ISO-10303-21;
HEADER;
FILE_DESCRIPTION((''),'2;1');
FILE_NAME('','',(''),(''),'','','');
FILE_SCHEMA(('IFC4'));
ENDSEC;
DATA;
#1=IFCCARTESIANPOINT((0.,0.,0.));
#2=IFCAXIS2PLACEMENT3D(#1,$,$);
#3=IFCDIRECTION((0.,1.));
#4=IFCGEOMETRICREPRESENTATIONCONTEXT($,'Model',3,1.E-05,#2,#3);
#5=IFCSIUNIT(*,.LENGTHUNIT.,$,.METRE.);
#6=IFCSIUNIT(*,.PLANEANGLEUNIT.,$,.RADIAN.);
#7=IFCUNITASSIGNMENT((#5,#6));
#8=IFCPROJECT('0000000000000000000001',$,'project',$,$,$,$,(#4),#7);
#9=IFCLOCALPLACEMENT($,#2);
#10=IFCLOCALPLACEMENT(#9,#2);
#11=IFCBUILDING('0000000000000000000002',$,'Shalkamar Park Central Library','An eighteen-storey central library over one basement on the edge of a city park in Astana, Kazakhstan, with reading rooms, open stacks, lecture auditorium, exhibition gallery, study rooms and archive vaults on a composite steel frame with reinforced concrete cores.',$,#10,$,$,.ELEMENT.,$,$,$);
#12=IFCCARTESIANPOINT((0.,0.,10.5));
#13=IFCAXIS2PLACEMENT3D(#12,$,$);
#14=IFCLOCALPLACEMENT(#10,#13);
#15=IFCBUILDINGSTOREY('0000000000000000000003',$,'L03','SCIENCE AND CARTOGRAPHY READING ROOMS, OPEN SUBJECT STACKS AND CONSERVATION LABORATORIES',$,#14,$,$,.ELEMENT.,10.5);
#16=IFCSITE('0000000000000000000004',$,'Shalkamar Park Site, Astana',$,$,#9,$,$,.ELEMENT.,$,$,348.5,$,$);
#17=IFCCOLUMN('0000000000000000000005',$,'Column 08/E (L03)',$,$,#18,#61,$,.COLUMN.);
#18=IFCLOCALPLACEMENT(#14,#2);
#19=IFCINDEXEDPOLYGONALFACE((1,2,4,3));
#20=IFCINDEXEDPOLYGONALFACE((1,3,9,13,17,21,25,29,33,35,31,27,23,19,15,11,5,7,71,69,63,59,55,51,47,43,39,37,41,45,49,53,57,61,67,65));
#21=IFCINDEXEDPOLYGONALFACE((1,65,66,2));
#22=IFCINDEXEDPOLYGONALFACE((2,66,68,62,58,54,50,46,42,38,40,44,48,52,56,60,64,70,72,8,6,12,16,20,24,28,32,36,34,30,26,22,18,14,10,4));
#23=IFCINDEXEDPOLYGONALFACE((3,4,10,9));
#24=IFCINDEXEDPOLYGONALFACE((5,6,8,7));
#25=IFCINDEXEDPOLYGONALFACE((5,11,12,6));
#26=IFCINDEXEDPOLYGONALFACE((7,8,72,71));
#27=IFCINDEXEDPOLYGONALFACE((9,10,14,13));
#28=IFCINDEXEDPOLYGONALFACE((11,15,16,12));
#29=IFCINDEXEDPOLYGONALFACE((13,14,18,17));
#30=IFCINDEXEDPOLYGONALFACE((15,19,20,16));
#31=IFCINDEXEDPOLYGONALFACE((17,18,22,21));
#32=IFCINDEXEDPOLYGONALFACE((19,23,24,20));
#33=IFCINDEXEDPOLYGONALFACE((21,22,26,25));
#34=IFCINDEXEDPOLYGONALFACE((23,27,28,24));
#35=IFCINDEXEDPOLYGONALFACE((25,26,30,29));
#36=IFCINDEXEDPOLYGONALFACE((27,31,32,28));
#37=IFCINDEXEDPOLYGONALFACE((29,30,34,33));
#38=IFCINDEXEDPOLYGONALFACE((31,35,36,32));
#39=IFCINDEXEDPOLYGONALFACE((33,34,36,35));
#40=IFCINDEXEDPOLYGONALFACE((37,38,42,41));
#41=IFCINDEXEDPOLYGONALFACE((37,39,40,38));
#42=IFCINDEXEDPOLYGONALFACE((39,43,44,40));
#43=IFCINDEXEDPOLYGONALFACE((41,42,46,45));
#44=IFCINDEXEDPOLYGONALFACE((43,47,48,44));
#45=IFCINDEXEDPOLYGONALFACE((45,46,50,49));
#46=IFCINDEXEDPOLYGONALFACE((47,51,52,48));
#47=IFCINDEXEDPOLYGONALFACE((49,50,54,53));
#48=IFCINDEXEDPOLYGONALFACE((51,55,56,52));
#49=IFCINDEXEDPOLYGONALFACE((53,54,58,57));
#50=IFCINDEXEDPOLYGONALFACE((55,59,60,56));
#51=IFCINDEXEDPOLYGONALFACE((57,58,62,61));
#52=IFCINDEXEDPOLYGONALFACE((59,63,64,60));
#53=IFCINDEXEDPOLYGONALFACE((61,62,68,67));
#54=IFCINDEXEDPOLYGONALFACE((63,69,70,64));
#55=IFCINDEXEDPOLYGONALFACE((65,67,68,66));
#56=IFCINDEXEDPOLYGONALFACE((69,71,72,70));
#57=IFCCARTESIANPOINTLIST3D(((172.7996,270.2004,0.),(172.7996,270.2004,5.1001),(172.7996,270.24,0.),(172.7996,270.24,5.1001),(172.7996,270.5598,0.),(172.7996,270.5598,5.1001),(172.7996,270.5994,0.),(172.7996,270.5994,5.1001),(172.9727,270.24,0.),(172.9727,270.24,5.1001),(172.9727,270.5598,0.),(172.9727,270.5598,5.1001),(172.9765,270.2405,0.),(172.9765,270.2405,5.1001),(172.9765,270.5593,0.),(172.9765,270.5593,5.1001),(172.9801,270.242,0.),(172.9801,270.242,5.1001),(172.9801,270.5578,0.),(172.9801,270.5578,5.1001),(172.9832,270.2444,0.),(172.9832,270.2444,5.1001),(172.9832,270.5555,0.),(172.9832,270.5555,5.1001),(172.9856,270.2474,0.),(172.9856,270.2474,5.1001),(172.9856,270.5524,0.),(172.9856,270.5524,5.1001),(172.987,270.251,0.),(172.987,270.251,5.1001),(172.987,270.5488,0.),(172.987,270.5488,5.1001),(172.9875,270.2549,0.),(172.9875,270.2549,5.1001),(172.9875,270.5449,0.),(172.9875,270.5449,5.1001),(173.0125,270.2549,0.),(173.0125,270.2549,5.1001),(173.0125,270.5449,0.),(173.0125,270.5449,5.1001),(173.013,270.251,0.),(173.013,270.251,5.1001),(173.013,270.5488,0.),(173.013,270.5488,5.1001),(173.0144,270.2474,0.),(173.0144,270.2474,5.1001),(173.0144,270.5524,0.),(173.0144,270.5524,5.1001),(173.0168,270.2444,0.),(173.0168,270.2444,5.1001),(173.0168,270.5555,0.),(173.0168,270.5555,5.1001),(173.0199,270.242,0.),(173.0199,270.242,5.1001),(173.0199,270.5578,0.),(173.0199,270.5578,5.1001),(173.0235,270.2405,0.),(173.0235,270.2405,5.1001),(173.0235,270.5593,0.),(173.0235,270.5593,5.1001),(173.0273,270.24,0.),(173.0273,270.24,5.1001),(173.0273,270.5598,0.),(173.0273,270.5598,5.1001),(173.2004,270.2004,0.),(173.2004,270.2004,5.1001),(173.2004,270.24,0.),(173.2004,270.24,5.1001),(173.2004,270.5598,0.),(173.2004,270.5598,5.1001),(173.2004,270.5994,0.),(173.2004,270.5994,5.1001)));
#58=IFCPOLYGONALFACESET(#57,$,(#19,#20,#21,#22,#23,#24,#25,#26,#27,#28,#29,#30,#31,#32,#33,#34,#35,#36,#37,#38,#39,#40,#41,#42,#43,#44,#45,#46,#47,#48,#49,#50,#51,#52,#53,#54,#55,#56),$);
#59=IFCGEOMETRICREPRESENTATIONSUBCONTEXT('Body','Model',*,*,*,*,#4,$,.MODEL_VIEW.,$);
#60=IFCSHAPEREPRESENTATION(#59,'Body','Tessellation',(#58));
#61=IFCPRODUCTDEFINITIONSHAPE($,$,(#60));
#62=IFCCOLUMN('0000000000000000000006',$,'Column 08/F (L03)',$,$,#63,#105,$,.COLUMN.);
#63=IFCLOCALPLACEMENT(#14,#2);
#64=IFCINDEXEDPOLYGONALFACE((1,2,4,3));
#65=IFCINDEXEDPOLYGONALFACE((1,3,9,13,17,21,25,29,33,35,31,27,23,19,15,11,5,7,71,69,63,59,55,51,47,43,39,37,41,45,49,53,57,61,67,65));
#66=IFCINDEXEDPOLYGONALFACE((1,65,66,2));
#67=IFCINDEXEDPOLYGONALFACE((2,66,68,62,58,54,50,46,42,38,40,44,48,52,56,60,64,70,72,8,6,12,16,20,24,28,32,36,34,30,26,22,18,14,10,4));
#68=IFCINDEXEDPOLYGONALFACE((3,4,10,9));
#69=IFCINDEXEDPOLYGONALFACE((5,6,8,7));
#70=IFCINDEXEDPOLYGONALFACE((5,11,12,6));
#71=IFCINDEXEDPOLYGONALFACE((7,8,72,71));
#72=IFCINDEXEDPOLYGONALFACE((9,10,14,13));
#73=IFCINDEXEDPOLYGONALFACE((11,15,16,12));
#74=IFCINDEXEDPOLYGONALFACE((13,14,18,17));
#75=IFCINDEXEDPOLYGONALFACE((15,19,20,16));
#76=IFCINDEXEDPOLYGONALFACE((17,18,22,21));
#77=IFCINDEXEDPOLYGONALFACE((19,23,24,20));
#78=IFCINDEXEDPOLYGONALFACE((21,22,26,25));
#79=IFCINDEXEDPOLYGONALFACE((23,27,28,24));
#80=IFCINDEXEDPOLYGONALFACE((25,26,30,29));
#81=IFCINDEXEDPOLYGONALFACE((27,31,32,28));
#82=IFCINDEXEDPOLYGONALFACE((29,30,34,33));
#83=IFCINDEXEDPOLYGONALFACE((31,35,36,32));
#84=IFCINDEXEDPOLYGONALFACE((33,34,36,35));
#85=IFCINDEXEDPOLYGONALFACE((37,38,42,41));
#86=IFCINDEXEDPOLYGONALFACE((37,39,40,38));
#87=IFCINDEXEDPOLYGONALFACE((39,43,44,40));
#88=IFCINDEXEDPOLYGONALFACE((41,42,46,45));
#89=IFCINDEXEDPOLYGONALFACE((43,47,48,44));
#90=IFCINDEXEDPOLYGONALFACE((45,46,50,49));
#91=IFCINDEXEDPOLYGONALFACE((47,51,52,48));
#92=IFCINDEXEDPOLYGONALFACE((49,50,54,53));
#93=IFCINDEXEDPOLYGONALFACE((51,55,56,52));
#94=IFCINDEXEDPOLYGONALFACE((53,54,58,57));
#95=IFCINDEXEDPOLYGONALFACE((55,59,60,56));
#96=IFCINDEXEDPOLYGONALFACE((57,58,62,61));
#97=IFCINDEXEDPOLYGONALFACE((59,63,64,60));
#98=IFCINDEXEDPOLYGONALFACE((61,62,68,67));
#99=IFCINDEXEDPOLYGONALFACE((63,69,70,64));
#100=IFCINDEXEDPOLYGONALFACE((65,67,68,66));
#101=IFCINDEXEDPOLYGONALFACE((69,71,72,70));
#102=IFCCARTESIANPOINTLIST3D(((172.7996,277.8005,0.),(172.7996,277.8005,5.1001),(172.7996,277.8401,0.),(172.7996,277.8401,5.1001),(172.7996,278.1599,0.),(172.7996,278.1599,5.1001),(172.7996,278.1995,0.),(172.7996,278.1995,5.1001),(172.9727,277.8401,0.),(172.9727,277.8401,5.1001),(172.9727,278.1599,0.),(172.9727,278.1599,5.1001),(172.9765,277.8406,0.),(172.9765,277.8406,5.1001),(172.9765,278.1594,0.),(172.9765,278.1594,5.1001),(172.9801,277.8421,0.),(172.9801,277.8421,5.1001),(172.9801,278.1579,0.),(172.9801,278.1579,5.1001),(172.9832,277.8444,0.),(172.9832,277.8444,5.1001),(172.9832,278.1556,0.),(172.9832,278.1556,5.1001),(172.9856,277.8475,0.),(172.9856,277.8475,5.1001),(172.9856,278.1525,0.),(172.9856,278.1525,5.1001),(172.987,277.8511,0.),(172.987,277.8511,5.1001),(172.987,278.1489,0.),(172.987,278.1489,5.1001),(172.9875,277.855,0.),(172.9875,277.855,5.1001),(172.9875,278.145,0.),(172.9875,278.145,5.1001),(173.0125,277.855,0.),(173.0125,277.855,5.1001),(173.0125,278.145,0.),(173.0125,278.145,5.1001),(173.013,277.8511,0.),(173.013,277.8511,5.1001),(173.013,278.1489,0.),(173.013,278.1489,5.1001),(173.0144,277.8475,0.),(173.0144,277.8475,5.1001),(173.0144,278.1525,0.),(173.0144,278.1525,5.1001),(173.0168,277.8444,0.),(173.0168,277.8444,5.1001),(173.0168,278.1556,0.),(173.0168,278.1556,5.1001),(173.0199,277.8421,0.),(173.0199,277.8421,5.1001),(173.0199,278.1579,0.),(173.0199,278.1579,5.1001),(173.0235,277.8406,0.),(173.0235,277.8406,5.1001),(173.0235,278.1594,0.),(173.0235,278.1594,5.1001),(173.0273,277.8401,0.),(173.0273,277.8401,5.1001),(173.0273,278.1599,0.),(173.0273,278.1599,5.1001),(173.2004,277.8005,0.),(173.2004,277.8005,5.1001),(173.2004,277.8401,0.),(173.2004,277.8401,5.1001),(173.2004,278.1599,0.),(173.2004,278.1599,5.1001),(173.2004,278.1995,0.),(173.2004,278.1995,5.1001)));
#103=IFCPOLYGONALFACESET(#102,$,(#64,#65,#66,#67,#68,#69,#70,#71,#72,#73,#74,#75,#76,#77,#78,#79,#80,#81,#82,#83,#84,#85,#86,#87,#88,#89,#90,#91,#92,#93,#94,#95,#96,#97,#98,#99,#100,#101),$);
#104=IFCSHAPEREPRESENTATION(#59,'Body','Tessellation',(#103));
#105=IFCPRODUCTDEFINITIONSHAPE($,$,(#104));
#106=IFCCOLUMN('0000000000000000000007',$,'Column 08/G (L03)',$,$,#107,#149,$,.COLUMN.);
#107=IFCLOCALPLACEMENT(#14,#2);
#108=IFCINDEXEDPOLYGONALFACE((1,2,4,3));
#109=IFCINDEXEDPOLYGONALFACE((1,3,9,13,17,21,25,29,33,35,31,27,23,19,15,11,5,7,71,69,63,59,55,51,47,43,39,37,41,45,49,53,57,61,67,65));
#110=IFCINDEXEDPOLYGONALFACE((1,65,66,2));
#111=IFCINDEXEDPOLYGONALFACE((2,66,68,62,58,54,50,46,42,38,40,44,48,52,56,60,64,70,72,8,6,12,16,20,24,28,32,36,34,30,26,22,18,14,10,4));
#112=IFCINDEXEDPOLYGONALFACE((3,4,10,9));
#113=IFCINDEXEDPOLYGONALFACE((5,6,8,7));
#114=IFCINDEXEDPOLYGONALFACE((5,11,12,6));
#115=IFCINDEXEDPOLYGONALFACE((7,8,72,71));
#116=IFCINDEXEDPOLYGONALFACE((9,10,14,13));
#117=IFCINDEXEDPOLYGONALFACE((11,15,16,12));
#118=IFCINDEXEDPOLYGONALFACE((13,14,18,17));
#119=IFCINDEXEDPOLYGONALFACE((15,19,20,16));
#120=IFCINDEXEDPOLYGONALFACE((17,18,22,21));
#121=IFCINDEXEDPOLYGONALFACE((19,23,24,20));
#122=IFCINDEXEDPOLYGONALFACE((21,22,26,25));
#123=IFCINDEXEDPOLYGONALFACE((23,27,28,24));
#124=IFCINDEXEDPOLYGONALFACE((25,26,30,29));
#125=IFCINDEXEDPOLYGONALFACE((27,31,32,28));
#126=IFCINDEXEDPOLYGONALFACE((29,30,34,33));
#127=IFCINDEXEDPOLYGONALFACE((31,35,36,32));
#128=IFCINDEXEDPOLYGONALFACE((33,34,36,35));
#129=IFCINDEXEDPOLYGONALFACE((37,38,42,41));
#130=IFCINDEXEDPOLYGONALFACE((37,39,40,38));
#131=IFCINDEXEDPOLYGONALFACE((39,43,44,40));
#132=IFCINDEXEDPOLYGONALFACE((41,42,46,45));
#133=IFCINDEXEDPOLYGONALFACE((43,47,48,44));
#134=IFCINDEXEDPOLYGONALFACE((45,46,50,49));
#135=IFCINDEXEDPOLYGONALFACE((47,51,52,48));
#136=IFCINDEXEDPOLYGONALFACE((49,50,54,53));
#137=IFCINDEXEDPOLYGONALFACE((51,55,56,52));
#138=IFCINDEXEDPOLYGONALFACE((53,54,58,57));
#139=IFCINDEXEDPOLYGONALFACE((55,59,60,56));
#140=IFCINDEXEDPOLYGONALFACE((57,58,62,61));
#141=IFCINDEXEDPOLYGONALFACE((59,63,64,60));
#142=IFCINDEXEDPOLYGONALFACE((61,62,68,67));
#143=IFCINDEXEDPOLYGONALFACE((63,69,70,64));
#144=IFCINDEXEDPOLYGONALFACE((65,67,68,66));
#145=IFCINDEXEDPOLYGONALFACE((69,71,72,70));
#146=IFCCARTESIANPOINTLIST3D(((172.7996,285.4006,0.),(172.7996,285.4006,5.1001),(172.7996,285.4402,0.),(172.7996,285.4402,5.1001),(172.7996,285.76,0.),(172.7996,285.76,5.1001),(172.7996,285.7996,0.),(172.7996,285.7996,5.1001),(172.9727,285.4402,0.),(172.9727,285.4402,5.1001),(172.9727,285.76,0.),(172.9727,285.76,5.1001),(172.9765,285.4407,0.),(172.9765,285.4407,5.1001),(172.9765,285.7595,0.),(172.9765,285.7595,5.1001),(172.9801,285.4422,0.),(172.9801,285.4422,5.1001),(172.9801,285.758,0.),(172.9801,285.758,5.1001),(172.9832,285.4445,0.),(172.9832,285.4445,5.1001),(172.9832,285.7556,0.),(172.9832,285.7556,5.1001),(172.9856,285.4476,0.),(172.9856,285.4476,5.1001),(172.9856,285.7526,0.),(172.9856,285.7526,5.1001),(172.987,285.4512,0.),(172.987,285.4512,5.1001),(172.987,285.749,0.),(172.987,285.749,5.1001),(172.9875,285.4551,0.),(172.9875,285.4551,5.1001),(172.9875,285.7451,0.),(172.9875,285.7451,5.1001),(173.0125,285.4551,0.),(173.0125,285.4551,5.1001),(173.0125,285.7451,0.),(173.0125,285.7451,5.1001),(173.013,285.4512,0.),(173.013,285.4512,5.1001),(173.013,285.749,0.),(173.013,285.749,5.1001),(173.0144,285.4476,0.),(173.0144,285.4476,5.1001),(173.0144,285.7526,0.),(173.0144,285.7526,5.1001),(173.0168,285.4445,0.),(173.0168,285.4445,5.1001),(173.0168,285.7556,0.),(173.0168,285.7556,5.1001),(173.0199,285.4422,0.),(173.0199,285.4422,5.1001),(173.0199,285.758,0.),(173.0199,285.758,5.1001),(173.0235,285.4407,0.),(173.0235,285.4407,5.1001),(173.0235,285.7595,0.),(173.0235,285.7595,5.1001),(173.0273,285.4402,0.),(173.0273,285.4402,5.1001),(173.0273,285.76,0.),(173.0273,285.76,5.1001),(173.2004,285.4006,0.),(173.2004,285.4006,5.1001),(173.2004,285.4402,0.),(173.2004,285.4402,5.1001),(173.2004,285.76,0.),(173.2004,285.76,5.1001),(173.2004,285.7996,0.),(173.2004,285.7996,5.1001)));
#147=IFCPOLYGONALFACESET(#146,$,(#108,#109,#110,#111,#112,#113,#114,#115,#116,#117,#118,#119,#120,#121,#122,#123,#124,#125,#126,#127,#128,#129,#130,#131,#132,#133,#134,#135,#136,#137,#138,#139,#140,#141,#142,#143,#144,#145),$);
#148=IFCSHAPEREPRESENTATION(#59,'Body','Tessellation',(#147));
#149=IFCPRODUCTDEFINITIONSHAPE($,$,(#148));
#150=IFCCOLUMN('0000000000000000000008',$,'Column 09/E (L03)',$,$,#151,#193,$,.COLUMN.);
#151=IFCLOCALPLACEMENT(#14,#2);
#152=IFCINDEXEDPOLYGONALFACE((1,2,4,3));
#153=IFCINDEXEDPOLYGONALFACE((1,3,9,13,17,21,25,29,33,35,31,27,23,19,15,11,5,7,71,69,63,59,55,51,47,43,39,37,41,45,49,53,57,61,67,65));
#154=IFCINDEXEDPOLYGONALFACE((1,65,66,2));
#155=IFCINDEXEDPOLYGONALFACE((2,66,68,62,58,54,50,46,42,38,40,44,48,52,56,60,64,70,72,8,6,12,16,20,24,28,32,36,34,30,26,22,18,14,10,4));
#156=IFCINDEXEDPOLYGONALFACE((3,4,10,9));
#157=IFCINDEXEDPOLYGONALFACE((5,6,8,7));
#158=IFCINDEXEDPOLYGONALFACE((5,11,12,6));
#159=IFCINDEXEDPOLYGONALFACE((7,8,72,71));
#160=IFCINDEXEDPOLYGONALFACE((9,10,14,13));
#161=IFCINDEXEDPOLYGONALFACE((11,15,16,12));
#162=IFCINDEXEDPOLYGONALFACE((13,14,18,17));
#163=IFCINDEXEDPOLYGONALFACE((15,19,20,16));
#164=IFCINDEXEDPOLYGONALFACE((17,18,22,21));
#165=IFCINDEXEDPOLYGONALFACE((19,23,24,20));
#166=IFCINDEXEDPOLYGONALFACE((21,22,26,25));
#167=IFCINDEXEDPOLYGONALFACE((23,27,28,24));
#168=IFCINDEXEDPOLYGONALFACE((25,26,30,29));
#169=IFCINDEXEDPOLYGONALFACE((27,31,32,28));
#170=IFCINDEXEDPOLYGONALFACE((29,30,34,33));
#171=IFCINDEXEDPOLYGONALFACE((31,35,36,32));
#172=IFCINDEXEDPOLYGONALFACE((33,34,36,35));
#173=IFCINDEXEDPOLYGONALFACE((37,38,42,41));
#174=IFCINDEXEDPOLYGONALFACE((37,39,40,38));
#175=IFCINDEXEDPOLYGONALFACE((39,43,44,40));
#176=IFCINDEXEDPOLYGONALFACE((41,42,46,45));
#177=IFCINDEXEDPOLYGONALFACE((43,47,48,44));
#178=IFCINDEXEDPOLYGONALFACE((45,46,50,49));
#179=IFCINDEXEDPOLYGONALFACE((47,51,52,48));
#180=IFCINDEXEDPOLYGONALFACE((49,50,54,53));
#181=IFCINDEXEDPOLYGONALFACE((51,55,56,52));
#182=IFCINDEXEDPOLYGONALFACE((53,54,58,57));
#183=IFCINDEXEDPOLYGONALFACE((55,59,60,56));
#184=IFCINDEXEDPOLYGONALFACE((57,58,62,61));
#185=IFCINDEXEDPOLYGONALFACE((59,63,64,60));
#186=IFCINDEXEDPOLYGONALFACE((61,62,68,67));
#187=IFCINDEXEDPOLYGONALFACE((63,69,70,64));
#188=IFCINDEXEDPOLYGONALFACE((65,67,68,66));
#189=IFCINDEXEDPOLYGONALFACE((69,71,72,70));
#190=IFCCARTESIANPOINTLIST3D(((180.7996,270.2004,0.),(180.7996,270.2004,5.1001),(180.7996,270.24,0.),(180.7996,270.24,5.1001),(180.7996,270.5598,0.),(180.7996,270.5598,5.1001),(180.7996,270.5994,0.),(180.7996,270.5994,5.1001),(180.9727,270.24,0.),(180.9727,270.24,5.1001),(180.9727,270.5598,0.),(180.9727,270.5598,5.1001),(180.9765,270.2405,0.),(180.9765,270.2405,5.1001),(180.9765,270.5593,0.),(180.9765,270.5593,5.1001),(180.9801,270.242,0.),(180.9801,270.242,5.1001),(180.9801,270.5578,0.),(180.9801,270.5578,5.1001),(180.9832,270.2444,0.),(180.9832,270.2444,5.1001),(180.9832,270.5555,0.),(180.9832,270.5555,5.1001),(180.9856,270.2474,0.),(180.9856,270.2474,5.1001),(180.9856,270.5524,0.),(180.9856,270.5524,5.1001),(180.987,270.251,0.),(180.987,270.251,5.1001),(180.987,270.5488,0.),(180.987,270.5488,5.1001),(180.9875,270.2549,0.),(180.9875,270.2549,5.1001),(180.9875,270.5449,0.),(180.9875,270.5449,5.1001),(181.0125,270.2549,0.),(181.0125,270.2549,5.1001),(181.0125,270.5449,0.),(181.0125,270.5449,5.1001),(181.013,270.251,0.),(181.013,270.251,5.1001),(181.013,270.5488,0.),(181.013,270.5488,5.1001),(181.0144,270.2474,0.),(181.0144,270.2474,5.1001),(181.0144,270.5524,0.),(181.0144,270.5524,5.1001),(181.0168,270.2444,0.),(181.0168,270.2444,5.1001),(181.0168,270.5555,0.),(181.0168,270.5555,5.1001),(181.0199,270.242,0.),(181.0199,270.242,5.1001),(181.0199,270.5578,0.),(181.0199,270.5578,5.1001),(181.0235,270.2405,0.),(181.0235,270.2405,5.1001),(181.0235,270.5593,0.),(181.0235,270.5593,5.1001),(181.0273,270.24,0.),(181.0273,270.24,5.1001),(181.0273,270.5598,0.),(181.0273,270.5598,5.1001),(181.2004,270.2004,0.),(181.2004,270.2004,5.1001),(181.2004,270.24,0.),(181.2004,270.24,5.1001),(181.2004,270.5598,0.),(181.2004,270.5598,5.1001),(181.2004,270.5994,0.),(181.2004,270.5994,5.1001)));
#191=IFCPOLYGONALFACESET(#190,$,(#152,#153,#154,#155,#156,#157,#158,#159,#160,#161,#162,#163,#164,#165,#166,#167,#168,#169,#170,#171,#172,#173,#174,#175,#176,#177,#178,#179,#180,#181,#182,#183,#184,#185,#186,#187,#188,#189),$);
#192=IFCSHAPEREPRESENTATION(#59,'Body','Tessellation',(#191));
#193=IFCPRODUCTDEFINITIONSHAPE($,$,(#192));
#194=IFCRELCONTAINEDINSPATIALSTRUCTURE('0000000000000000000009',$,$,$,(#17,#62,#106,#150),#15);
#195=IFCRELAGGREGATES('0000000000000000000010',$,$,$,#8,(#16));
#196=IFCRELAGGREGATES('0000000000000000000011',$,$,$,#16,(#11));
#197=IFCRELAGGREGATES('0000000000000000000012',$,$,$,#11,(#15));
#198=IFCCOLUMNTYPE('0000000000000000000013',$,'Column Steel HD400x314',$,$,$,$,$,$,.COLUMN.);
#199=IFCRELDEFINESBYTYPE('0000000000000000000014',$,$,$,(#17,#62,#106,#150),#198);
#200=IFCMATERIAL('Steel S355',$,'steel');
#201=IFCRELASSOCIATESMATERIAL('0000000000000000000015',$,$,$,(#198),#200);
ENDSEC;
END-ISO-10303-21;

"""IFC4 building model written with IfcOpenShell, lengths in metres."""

from ifc_helpers import new_model, si_unit, direction, frame, origin, origin_2d, place, context, subcontext, project, spatial, i_section, extrude, material, material_profile, profile_set, type_object, element, save


model = new_model("IFC4")

# Units and contexts
model_context = context("Model", 3, precision=1e-05, world=origin(), true_north=direction((0.0, 1.0)))
body_context = subcontext(model_context, "Body", "Model", "MODEL_VIEW")
ifc_project = project(units=[si_unit("LENGTHUNIT", "METRE"), si_unit("PLANEANGLEUNIT", "RADIAN")], contexts=[model_context])

# Site, building, storey
site_placement = place(None, origin())
site = spatial("IfcSite", under=ifc_project, at=site_placement, Name="Shalkamar Park Site, Astana", CompositionType="ELEMENT", RefElevation=348.5)
building_placement = place(site_placement, origin())
building = spatial("IfcBuilding", under=site, at=building_placement, Name="Shalkamar Park Central Library", Description="An eighteen-storey central library over one basement on the edge of a city park in Astana, Kazakhstan, with reading rooms, open stacks, lecture auditorium, exhibition gallery, study rooms and archive vaults on a composite steel frame with reinforced concrete cores.", CompositionType="ELEMENT")
storey_placement = place(building_placement, frame((0.0, 0.0, 10.5)))
storey = spatial("IfcBuildingStorey", under=building, at=storey_placement, Name="L03", Description="SCIENCE AND CARTOGRAPHY READING ROOMS, OPEN SUBJECT STACKS AND CONSERVATION LABORATORIES", CompositionType="ELEMENT", Elevation=10.5)

# Columns
ifc_material = material(Name="Steel S355", Category="steel")
ifc_material_profile_1 = material_profile(ifc_material, i_section(OverallWidth=0.4009, OverallDepth=0.3989, WebThickness=0.0249, FlangeThickness=0.0396, FilletRadius=0.0149, at=origin_2d()), Name="HD 400x314")
ifc_profile_set_1 = profile_set([ifc_material_profile_1], Name="Steel S355")
column_type = type_object("IfcColumnType", Name="Column Steel HD400x314", PredefinedType="COLUMN", material=ifc_profile_set_1)
for number, where, z_axis, x_axis, name in (
    (1, (173.0, 270.3999, 0.0), (0.0, 0.0, 1.0), (1.0, 0.0, 0.0), "Column 08/E (L03)"),
    (2, (173.0, 278.0, 0.0), (0.0, 0.0, 1.0), (1.0, 0.0, 0.0), "Column 08/F (L03)"),
    (3, (173.0, 285.6001, 0.0), (0.0, 0.0, 1.0), (1.0, 0.0, 0.0), "Column 08/G (L03)"),
    (4, (181.0, 270.3999, 0.0), (0.0, 0.0, 1.0), (1.0, 0.0, 0.0), "Column 09/E (L03)"),
):
    element("IfcColumn", number, at=place(storey_placement, frame(where, z_axis=z_axis, x_axis=x_axis)), inside=storey, type_object=column_type, Name=name, PredefinedType="COLUMN", context=body_context, shape_type="SweptSolid", body=[
        extrude(i_section(OverallWidth=0.4009, OverallDepth=0.3989, WebThickness=0.0249, FlangeThickness=0.0396, FilletRadius=0.0149, at=origin_2d()), origin(), (0.0, 0.0, 1.0), 5.1001),
    ])

save(model, "model.ifc")
